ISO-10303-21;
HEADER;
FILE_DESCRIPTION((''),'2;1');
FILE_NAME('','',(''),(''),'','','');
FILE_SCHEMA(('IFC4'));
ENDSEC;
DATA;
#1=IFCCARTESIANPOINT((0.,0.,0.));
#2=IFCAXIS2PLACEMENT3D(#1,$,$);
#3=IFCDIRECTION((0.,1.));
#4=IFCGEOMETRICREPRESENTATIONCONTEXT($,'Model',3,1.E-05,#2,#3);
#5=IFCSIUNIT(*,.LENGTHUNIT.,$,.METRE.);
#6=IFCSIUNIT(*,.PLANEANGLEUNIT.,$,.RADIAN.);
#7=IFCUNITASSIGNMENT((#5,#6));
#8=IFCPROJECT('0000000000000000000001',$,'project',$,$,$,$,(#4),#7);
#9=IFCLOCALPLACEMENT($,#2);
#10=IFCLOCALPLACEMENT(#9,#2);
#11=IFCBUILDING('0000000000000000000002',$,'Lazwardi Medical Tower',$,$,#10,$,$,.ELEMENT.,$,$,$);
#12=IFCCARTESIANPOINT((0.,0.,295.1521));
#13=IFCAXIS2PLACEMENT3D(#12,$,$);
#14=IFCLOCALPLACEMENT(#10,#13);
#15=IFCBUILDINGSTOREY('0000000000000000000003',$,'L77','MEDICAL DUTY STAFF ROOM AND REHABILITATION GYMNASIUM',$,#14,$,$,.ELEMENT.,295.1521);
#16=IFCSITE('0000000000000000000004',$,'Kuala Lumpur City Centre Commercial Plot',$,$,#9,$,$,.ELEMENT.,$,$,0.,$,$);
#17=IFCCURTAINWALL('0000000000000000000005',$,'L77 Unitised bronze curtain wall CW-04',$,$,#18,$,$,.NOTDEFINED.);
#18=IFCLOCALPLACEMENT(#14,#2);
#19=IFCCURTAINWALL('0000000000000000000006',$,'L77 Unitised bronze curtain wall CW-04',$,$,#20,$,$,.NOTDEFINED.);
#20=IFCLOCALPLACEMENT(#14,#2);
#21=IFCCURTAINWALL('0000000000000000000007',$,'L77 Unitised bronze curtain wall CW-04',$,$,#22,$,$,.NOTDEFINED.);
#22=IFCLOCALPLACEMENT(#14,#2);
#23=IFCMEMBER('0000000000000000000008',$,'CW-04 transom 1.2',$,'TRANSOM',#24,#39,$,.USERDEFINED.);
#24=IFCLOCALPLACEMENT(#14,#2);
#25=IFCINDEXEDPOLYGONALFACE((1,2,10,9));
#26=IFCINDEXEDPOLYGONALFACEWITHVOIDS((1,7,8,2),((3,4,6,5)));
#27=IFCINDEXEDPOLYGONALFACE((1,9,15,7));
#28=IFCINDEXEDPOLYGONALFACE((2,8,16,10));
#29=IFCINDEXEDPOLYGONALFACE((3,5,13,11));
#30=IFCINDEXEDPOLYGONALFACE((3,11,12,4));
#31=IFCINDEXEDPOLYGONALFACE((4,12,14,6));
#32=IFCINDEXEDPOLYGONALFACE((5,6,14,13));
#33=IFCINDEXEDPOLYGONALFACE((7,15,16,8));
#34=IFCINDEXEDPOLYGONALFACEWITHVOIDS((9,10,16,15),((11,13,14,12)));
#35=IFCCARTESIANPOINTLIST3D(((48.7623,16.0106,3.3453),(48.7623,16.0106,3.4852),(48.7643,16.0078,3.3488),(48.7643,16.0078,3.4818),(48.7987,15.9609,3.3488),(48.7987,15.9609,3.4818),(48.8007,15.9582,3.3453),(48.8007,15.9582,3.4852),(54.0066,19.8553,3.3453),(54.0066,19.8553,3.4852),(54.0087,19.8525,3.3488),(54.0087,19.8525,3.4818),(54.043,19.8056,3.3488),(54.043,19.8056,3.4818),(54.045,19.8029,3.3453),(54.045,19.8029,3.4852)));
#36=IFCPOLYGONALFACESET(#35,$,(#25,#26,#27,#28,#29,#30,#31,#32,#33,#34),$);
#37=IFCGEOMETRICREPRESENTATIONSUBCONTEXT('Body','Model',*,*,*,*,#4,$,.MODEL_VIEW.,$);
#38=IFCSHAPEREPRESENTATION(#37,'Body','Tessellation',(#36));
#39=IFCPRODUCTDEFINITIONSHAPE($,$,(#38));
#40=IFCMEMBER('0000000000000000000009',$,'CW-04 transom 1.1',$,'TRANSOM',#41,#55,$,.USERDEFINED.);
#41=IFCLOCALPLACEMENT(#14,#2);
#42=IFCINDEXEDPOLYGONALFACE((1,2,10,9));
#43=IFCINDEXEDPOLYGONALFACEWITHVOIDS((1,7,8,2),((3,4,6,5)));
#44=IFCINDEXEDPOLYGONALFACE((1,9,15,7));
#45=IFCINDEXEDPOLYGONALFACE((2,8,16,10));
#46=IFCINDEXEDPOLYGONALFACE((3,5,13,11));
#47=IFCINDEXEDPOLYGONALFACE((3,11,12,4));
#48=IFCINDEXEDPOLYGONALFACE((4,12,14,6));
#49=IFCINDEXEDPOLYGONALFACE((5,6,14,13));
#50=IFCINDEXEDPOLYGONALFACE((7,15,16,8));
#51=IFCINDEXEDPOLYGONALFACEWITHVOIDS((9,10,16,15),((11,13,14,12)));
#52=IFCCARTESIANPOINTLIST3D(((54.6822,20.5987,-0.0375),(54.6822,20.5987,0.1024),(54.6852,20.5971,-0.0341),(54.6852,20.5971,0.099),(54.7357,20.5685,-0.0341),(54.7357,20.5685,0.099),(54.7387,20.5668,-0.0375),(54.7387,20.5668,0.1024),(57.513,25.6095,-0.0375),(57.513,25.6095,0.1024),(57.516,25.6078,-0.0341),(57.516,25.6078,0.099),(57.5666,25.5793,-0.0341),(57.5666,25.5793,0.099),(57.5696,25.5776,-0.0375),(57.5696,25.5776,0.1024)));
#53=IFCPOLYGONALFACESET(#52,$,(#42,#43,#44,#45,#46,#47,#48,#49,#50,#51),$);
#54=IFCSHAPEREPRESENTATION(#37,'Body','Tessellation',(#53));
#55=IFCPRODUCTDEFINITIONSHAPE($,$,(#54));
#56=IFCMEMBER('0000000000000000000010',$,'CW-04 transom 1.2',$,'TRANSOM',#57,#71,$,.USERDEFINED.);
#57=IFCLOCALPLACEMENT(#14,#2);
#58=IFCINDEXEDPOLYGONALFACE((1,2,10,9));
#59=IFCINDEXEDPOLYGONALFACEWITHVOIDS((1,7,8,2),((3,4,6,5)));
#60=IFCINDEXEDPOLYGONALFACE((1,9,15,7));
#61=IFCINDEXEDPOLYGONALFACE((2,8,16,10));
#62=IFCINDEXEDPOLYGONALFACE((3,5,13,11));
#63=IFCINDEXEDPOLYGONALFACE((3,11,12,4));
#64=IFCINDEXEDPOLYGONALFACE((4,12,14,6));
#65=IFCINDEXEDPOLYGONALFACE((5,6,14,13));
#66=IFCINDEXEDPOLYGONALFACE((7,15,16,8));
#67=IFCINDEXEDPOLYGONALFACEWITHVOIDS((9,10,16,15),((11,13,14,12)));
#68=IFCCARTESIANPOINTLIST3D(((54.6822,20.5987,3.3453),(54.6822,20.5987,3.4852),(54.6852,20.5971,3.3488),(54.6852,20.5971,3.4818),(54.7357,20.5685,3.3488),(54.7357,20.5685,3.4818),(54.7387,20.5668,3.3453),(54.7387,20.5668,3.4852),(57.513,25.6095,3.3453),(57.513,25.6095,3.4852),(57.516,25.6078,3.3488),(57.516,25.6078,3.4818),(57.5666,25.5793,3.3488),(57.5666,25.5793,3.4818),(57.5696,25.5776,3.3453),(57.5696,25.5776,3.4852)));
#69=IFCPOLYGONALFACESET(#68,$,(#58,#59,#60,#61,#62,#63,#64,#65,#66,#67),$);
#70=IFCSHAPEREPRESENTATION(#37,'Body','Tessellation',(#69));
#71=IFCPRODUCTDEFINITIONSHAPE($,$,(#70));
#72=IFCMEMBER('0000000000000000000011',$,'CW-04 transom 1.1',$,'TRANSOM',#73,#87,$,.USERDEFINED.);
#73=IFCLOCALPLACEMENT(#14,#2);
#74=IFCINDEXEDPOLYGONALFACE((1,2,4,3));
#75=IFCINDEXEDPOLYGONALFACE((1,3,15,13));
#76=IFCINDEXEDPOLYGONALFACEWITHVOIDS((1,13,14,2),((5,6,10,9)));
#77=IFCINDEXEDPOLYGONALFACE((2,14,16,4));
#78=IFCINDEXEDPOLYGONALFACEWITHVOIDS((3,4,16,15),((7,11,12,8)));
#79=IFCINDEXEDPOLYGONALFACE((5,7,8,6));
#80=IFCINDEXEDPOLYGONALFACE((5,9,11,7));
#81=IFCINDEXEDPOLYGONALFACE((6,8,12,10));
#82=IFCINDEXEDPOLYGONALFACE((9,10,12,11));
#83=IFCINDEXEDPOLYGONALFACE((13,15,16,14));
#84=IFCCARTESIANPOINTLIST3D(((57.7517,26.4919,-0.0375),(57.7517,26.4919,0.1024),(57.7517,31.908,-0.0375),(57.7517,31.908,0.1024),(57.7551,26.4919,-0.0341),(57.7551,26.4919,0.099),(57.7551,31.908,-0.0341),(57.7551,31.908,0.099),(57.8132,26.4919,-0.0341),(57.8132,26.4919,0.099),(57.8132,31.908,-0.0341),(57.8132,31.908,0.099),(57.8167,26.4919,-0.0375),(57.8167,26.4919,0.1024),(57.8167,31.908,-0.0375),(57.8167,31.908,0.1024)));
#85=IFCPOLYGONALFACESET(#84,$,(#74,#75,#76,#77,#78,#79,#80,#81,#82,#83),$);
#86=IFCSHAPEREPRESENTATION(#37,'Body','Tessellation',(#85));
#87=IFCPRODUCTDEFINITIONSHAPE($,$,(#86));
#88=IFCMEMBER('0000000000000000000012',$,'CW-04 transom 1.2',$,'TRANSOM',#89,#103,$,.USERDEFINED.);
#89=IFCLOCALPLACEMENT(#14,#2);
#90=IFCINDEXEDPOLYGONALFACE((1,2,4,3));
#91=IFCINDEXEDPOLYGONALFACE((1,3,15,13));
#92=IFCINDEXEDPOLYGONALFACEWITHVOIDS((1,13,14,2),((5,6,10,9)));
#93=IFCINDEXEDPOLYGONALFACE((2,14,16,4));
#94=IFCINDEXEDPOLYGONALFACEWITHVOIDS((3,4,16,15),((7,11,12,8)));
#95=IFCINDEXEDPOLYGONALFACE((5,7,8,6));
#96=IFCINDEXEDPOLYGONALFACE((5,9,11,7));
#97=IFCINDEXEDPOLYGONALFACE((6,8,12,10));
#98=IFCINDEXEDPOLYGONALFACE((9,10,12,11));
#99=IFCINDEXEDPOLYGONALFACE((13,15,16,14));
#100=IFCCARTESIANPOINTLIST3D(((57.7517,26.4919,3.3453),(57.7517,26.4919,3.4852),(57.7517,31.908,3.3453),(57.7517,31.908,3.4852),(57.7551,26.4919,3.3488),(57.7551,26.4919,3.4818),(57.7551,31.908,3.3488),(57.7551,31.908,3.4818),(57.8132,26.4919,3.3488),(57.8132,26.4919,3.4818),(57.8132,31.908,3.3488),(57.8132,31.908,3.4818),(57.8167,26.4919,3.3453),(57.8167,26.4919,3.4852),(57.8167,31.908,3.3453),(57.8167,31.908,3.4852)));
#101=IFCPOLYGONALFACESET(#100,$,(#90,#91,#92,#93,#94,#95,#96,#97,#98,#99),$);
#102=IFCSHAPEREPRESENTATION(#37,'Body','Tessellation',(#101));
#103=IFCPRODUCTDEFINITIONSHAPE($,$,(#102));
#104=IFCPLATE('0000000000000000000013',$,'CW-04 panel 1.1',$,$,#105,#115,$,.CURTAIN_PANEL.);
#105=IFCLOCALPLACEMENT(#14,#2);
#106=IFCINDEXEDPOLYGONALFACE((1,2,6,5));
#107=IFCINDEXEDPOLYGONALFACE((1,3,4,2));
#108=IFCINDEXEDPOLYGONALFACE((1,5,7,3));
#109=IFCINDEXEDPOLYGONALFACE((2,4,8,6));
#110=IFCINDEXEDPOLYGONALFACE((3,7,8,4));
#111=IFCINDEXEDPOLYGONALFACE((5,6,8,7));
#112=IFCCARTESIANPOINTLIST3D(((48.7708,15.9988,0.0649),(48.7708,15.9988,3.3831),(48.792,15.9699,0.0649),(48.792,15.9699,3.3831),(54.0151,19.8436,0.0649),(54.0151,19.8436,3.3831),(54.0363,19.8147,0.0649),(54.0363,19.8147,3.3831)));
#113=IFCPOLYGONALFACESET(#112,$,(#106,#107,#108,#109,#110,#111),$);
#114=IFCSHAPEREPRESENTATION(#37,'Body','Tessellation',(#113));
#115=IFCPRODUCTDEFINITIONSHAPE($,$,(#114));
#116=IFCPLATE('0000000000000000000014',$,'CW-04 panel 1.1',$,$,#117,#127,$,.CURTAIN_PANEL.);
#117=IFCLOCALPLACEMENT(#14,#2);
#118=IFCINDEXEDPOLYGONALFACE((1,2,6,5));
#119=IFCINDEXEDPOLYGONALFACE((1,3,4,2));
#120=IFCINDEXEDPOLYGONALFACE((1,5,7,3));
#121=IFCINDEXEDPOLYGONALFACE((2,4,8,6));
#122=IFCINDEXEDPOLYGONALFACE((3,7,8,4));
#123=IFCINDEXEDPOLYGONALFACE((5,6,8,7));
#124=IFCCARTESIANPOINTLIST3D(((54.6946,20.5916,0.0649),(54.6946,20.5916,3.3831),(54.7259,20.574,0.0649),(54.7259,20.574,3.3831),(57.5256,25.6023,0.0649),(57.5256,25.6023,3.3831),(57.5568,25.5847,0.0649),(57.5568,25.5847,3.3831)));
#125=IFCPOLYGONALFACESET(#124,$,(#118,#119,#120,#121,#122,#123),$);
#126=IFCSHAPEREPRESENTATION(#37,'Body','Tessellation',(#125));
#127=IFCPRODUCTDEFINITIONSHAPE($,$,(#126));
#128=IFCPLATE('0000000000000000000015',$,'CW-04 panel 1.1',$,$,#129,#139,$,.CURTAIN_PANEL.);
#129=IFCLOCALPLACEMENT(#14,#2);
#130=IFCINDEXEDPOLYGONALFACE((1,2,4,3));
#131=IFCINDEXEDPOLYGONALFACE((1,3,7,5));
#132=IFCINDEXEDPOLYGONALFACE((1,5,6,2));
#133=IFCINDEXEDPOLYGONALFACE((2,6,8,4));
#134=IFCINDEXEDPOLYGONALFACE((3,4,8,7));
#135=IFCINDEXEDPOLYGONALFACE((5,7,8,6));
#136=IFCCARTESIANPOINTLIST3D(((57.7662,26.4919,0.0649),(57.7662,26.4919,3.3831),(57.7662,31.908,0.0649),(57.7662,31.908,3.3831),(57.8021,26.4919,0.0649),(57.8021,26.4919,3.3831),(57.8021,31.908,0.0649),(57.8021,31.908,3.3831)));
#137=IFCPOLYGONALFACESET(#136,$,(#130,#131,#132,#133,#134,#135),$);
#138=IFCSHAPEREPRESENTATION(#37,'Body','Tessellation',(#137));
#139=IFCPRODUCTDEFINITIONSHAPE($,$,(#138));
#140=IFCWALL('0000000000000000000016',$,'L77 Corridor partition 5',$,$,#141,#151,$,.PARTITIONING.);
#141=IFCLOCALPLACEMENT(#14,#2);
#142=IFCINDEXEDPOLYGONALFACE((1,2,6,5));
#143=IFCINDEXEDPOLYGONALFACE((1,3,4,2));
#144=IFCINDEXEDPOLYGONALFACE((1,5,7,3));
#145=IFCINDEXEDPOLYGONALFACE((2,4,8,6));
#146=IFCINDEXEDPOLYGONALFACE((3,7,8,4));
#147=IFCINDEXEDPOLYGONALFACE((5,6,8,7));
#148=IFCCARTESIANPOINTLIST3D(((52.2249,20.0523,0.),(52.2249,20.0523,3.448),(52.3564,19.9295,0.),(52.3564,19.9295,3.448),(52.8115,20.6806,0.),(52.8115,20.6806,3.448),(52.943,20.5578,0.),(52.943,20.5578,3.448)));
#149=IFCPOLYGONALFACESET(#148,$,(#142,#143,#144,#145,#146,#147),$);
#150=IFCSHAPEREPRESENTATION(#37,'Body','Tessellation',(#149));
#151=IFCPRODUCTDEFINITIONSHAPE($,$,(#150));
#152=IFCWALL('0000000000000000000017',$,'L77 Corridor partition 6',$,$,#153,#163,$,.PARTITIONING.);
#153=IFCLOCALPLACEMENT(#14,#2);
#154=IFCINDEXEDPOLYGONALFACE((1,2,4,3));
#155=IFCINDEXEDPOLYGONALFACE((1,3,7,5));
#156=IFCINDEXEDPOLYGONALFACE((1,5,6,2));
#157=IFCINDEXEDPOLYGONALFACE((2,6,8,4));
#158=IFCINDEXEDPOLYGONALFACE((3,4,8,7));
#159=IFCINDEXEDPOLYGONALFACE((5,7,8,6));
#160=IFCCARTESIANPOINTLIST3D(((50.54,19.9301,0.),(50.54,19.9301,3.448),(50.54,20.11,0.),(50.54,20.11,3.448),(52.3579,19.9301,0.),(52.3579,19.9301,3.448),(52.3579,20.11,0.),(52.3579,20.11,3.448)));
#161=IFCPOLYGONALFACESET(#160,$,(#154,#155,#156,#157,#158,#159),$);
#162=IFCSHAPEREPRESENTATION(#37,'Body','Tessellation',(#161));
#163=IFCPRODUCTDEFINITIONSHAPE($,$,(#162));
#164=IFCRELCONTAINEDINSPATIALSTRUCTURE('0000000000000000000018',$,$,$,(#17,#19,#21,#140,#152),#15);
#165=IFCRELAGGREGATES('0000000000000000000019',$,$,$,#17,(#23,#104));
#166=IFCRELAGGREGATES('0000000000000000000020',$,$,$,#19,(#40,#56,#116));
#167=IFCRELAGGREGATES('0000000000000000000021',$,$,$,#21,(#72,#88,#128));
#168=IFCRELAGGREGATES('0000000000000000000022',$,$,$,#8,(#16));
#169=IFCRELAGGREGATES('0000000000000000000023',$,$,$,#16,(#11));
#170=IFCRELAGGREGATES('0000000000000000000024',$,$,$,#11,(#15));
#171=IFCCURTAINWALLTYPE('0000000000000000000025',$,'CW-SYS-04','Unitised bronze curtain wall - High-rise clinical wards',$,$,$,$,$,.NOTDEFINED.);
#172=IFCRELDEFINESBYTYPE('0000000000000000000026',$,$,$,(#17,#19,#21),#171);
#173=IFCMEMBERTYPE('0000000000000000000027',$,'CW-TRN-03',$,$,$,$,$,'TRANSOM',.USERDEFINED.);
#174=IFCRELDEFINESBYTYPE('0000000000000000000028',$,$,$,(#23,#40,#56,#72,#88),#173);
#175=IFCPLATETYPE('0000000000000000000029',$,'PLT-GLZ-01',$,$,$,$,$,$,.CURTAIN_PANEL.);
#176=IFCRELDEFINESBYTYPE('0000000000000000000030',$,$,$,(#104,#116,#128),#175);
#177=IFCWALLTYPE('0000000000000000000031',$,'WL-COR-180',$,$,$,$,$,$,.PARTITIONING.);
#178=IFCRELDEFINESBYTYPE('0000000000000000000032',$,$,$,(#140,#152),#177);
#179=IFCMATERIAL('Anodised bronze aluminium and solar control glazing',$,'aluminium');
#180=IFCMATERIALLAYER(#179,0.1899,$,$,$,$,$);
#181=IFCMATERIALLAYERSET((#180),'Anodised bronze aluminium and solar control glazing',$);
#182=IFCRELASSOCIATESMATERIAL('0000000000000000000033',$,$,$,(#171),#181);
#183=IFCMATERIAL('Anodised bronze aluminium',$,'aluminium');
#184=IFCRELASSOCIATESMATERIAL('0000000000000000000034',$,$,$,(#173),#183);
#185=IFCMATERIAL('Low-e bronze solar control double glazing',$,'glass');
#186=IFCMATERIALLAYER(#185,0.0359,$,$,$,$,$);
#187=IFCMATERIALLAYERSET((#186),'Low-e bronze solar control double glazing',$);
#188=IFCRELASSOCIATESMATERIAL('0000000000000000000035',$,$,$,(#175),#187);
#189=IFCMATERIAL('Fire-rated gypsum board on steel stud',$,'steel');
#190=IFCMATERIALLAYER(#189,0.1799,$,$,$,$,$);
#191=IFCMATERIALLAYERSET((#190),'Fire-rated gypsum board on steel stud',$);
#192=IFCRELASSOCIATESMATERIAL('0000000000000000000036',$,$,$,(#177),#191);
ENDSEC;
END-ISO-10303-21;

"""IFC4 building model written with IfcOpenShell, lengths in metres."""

from ifc_helpers import new_model, si_unit, direction, frame, frame_2d, origin, origin_2d, place, context, subcontext, project, spatial, rectangle, hollow_rectangle, extrude, material, layer, layer_set, material_profile, profile_set, type_object, element, aggregate, save


model = new_model("IFC4")

# Units and contexts
model_context = context("Model", 3, precision=1e-05, world=origin(), true_north=direction((0.0, 1.0)))
body_context = subcontext(model_context, "Body", "Model", "MODEL_VIEW")
ifc_project = project(units=[si_unit("LENGTHUNIT", "METRE"), si_unit("PLANEANGLEUNIT", "RADIAN")], contexts=[model_context])

# Site, building, storey
site_placement = place(None, origin())
site = spatial("IfcSite", under=ifc_project, at=site_placement, Name="Kuala Lumpur City Centre Commercial Plot", CompositionType="ELEMENT", RefElevation=0.0)
building_placement = place(site_placement, origin())
building = spatial("IfcBuilding", under=site, at=building_placement, Name="Lazwardi Medical Tower", CompositionType="ELEMENT")
storey_placement = place(building_placement, frame((0.0, 0.0, 295.1521)))
storey = spatial("IfcBuildingStorey", under=building, at=storey_placement, Name="L77", Description="MEDICAL DUTY STAFF ROOM AND REHABILITATION GYMNASIUM", CompositionType="ELEMENT", Elevation=295.1521)

# Curtain walls
ifc_material_1 = material(Name="Anodised bronze aluminium and solar control glazing", Category="aluminium")
ifc_layer_1 = layer(ifc_material_1, 0.1899)
ifc_layer_set_1 = layer_set([ifc_layer_1], Name="Anodised bronze aluminium and solar control glazing")
curtain_wall_type = type_object("IfcCurtainWallType", Name="CW-SYS-04", Description="Unitised bronze curtain wall - High-rise clinical wards", PredefinedType="NOTDEFINED", material=ifc_layer_set_1)
curtain_wall_1_placement = place(storey_placement, origin())
curtain_wall_1 = element("IfcCurtainWall", 1, at=curtain_wall_1_placement, inside=storey, type_object=curtain_wall_type, Name="L77 Unitised bronze curtain wall CW-04", PredefinedType="NOTDEFINED")
ifc_material_2 = material(Name="Anodised bronze aluminium", Category="aluminium")
curtain_wall_2_placement = place(storey_placement, origin())
curtain_wall_2 = element("IfcCurtainWall", 2, at=curtain_wall_2_placement, inside=storey, type_object=curtain_wall_type, Name="L77 Unitised bronze curtain wall CW-04", PredefinedType="NOTDEFINED")

# Curtain wall
curtain_wall_3_placement = place(storey_placement, origin())
curtain_wall_3 = element("IfcCurtainWall", 3, at=curtain_wall_3_placement, inside=storey, type_object=curtain_wall_type, Name="L77 Unitised bronze curtain wall CW-04", PredefinedType="NOTDEFINED")

# Members
ifc_material_profile_1 = material_profile(ifc_material_2, hollow_rectangle(XDim=0.0649, YDim=0.1399, WallThickness=0.0034, at=origin_2d()), Name="ALU-TRANSOM 140x65x3.5")
ifc_profile_set_1 = profile_set([ifc_material_profile_1], Name="Anodised bronze aluminium")
member_type_1 = type_object("IfcMemberType", Name="CW-TRN-03", ElementType="TRANSOM", PredefinedType="USERDEFINED", material=ifc_profile_set_1)
member_1_placement = place(storey_placement, frame((48.7815, 15.9844, 3.4153), z_axis=(0.80649, 0.591248, 0.0), x_axis=(-0.591248, 0.80649, 0.0)))
member_1 = element("IfcMember", 4, at=member_1_placement, type_object=member_type_1, Name="CW-04 transom 1.2", ObjectType="TRANSOM", PredefinedType="USERDEFINED", context=body_context, shape_type="SweptSolid", body=[
    extrude(hollow_rectangle(XDim=0.0649, YDim=0.1399, WallThickness=0.0034, at=origin_2d()), origin(), (0.0, 0.0, 1.0), 6.5027),
])
member_2_placement = place(storey_placement, frame((54.7104, 20.5828, 0.0325), z_axis=(0.49188, 0.870663, 0.0), x_axis=(-0.870663, 0.49188, 0.0)))
member_2 = element("IfcMember", 5, at=member_2_placement, type_object=member_type_1, Name="CW-04 transom 1.1", ObjectType="TRANSOM", PredefinedType="USERDEFINED", context=body_context, shape_type="SweptSolid", body=[
    extrude(hollow_rectangle(XDim=0.0649, YDim=0.1399, WallThickness=0.0034, at=origin_2d()), origin(), (0.0, 0.0, 1.0), 5.7551),
])
member_3_placement = place(storey_placement, frame((54.7104, 20.5828, 3.4153), z_axis=(0.49188, 0.870663, 0.0), x_axis=(-0.870663, 0.49188, 0.0)))
member_3 = element("IfcMember", 6, at=member_3_placement, type_object=member_type_1, Name="CW-04 transom 1.2", ObjectType="TRANSOM", PredefinedType="USERDEFINED", context=body_context, shape_type="SweptSolid", body=[
    extrude(hollow_rectangle(XDim=0.0649, YDim=0.1399, WallThickness=0.0034, at=origin_2d()), origin(), (0.0, 0.0, 1.0), 5.7551),
])
member_4_placement = place(storey_placement, frame((57.7842, 26.4919, 0.0325), z_axis=(0.0, 1.0, 0.0), x_axis=(-1.0, 0.0, 0.0)))
member_4 = element("IfcMember", 7, at=member_4_placement, type_object=member_type_1, Name="CW-04 transom 1.1", ObjectType="TRANSOM", PredefinedType="USERDEFINED", context=body_context, shape_type="SweptSolid", body=[
    extrude(hollow_rectangle(XDim=0.0649, YDim=0.1399, WallThickness=0.0034, at=origin_2d()), origin(), (0.0, 0.0, 1.0), 5.416),
])
member_5_placement = place(storey_placement, frame((57.7842, 26.4919, 3.4153), z_axis=(0.0, 1.0, 0.0), x_axis=(-1.0, 0.0, 0.0)))
member_5 = element("IfcMember", 8, at=member_5_placement, type_object=member_type_1, Name="CW-04 transom 1.2", ObjectType="TRANSOM", PredefinedType="USERDEFINED", context=body_context, shape_type="SweptSolid", body=[
    extrude(hollow_rectangle(XDim=0.0649, YDim=0.1399, WallThickness=0.0034, at=origin_2d()), origin(), (0.0, 0.0, 1.0), 5.416),
])

# Plates
ifc_material_3 = material(Name="Low-e bronze solar control double glazing", Category="glass")
ifc_layer_2 = layer(ifc_material_3, 0.0359)
ifc_layer_set_2 = layer_set([ifc_layer_2], Name="Low-e bronze solar control double glazing")
plate_type = type_object("IfcPlateType", Name="PLT-GLZ-01", PredefinedType="CURTAIN_PANEL", material=ifc_layer_set_2)
plate_1_placement = place(storey_placement, frame((51.4036, 17.9067, 0.0649), z_axis=(0.0, 0.0, 1.0), x_axis=(0.806475, 0.591268, 0.0)))
plate_1 = element("IfcPlate", 9, at=plate_1_placement, type_object=plate_type, Name="CW-04 panel 1.1", PredefinedType="CURTAIN_PANEL", context=body_context, shape_type="SweptSolid", body=[
    extrude(rectangle(XDim=6.5027, YDim=0.0359, at=origin_2d()), origin(), (0.0, 0.0, 1.0), 3.3181),
])
aggregate(curtain_wall_1, [member_1, plate_1])
plate_2_placement = place(storey_placement, frame((56.1257, 23.0881, 0.0649), z_axis=(0.0, 0.0, 1.0), x_axis=(0.4919, 0.870651, 0.0)))
plate_2 = element("IfcPlate", 10, at=plate_2_placement, type_object=plate_type, Name="CW-04 panel 1.1", PredefinedType="CURTAIN_PANEL", context=body_context, shape_type="SweptSolid", body=[
    extrude(rectangle(XDim=5.7551, YDim=0.0359, at=origin_2d()), origin(), (0.0, 0.0, 1.0), 3.3181),
])
aggregate(curtain_wall_2, [member_2, member_3, plate_2])
plate_3_placement = place(storey_placement, frame((57.7842, 29.2, 0.0649), z_axis=(0.0, 0.0, 1.0), x_axis=(0.0, 1.0, 0.0)))
plate_3 = element("IfcPlate", 11, at=plate_3_placement, type_object=plate_type, Name="CW-04 panel 1.1", PredefinedType="CURTAIN_PANEL", context=body_context, shape_type="SweptSolid", body=[
    extrude(rectangle(XDim=5.416, YDim=0.0359, at=origin_2d()), origin(), (0.0, 0.0, 1.0), 3.3181),
])
aggregate(curtain_wall_3, [member_4, member_5, plate_3])

# Walls
ifc_material_4 = material(Name="Fire-rated gypsum board on steel stud", Category="steel")
ifc_layer_3 = layer(ifc_material_4, 0.1799)
ifc_layer_set_3 = layer_set([ifc_layer_3], Name="Fire-rated gypsum board on steel stud")
wall_type = type_object("IfcWallType", Name="WL-COR-180", PredefinedType="PARTITIONING", material=ifc_layer_set_3)
wall_1_placement = place(storey_placement, frame((52.8772, 20.6191, 0.0), z_axis=(0.0, 0.0, 1.0), x_axis=(-0.682409, -0.73097, 0.0)))
element("IfcWall", 12, at=wall_1_placement, inside=storey, type_object=wall_type, Name="L77 Corridor partition 5", PredefinedType="PARTITIONING", context=body_context, shape_type="SweptSolid", body=[
    extrude(rectangle(XDim=0.8596, YDim=0.1799, at=frame_2d((0.4297, 0.0))), origin(), (0.0, 0.0, 1.0), 3.448),
])
wall_2_placement = place(storey_placement, frame((52.3579, 20.02, 0.0), z_axis=(0.0, 0.0, 1.0), x_axis=(-1.0, 0.0, 0.0)))
element("IfcWall", 13, at=wall_2_placement, inside=storey, type_object=wall_type, Name="L77 Corridor partition 6", PredefinedType="PARTITIONING", context=body_context, shape_type="SweptSolid", body=[
    extrude(rectangle(XDim=1.8179, YDim=0.1799, at=frame_2d((0.9089, 0.0))), origin(), (0.0, 0.0, 1.0), 3.448),
])

save(model, "model.ifc")
